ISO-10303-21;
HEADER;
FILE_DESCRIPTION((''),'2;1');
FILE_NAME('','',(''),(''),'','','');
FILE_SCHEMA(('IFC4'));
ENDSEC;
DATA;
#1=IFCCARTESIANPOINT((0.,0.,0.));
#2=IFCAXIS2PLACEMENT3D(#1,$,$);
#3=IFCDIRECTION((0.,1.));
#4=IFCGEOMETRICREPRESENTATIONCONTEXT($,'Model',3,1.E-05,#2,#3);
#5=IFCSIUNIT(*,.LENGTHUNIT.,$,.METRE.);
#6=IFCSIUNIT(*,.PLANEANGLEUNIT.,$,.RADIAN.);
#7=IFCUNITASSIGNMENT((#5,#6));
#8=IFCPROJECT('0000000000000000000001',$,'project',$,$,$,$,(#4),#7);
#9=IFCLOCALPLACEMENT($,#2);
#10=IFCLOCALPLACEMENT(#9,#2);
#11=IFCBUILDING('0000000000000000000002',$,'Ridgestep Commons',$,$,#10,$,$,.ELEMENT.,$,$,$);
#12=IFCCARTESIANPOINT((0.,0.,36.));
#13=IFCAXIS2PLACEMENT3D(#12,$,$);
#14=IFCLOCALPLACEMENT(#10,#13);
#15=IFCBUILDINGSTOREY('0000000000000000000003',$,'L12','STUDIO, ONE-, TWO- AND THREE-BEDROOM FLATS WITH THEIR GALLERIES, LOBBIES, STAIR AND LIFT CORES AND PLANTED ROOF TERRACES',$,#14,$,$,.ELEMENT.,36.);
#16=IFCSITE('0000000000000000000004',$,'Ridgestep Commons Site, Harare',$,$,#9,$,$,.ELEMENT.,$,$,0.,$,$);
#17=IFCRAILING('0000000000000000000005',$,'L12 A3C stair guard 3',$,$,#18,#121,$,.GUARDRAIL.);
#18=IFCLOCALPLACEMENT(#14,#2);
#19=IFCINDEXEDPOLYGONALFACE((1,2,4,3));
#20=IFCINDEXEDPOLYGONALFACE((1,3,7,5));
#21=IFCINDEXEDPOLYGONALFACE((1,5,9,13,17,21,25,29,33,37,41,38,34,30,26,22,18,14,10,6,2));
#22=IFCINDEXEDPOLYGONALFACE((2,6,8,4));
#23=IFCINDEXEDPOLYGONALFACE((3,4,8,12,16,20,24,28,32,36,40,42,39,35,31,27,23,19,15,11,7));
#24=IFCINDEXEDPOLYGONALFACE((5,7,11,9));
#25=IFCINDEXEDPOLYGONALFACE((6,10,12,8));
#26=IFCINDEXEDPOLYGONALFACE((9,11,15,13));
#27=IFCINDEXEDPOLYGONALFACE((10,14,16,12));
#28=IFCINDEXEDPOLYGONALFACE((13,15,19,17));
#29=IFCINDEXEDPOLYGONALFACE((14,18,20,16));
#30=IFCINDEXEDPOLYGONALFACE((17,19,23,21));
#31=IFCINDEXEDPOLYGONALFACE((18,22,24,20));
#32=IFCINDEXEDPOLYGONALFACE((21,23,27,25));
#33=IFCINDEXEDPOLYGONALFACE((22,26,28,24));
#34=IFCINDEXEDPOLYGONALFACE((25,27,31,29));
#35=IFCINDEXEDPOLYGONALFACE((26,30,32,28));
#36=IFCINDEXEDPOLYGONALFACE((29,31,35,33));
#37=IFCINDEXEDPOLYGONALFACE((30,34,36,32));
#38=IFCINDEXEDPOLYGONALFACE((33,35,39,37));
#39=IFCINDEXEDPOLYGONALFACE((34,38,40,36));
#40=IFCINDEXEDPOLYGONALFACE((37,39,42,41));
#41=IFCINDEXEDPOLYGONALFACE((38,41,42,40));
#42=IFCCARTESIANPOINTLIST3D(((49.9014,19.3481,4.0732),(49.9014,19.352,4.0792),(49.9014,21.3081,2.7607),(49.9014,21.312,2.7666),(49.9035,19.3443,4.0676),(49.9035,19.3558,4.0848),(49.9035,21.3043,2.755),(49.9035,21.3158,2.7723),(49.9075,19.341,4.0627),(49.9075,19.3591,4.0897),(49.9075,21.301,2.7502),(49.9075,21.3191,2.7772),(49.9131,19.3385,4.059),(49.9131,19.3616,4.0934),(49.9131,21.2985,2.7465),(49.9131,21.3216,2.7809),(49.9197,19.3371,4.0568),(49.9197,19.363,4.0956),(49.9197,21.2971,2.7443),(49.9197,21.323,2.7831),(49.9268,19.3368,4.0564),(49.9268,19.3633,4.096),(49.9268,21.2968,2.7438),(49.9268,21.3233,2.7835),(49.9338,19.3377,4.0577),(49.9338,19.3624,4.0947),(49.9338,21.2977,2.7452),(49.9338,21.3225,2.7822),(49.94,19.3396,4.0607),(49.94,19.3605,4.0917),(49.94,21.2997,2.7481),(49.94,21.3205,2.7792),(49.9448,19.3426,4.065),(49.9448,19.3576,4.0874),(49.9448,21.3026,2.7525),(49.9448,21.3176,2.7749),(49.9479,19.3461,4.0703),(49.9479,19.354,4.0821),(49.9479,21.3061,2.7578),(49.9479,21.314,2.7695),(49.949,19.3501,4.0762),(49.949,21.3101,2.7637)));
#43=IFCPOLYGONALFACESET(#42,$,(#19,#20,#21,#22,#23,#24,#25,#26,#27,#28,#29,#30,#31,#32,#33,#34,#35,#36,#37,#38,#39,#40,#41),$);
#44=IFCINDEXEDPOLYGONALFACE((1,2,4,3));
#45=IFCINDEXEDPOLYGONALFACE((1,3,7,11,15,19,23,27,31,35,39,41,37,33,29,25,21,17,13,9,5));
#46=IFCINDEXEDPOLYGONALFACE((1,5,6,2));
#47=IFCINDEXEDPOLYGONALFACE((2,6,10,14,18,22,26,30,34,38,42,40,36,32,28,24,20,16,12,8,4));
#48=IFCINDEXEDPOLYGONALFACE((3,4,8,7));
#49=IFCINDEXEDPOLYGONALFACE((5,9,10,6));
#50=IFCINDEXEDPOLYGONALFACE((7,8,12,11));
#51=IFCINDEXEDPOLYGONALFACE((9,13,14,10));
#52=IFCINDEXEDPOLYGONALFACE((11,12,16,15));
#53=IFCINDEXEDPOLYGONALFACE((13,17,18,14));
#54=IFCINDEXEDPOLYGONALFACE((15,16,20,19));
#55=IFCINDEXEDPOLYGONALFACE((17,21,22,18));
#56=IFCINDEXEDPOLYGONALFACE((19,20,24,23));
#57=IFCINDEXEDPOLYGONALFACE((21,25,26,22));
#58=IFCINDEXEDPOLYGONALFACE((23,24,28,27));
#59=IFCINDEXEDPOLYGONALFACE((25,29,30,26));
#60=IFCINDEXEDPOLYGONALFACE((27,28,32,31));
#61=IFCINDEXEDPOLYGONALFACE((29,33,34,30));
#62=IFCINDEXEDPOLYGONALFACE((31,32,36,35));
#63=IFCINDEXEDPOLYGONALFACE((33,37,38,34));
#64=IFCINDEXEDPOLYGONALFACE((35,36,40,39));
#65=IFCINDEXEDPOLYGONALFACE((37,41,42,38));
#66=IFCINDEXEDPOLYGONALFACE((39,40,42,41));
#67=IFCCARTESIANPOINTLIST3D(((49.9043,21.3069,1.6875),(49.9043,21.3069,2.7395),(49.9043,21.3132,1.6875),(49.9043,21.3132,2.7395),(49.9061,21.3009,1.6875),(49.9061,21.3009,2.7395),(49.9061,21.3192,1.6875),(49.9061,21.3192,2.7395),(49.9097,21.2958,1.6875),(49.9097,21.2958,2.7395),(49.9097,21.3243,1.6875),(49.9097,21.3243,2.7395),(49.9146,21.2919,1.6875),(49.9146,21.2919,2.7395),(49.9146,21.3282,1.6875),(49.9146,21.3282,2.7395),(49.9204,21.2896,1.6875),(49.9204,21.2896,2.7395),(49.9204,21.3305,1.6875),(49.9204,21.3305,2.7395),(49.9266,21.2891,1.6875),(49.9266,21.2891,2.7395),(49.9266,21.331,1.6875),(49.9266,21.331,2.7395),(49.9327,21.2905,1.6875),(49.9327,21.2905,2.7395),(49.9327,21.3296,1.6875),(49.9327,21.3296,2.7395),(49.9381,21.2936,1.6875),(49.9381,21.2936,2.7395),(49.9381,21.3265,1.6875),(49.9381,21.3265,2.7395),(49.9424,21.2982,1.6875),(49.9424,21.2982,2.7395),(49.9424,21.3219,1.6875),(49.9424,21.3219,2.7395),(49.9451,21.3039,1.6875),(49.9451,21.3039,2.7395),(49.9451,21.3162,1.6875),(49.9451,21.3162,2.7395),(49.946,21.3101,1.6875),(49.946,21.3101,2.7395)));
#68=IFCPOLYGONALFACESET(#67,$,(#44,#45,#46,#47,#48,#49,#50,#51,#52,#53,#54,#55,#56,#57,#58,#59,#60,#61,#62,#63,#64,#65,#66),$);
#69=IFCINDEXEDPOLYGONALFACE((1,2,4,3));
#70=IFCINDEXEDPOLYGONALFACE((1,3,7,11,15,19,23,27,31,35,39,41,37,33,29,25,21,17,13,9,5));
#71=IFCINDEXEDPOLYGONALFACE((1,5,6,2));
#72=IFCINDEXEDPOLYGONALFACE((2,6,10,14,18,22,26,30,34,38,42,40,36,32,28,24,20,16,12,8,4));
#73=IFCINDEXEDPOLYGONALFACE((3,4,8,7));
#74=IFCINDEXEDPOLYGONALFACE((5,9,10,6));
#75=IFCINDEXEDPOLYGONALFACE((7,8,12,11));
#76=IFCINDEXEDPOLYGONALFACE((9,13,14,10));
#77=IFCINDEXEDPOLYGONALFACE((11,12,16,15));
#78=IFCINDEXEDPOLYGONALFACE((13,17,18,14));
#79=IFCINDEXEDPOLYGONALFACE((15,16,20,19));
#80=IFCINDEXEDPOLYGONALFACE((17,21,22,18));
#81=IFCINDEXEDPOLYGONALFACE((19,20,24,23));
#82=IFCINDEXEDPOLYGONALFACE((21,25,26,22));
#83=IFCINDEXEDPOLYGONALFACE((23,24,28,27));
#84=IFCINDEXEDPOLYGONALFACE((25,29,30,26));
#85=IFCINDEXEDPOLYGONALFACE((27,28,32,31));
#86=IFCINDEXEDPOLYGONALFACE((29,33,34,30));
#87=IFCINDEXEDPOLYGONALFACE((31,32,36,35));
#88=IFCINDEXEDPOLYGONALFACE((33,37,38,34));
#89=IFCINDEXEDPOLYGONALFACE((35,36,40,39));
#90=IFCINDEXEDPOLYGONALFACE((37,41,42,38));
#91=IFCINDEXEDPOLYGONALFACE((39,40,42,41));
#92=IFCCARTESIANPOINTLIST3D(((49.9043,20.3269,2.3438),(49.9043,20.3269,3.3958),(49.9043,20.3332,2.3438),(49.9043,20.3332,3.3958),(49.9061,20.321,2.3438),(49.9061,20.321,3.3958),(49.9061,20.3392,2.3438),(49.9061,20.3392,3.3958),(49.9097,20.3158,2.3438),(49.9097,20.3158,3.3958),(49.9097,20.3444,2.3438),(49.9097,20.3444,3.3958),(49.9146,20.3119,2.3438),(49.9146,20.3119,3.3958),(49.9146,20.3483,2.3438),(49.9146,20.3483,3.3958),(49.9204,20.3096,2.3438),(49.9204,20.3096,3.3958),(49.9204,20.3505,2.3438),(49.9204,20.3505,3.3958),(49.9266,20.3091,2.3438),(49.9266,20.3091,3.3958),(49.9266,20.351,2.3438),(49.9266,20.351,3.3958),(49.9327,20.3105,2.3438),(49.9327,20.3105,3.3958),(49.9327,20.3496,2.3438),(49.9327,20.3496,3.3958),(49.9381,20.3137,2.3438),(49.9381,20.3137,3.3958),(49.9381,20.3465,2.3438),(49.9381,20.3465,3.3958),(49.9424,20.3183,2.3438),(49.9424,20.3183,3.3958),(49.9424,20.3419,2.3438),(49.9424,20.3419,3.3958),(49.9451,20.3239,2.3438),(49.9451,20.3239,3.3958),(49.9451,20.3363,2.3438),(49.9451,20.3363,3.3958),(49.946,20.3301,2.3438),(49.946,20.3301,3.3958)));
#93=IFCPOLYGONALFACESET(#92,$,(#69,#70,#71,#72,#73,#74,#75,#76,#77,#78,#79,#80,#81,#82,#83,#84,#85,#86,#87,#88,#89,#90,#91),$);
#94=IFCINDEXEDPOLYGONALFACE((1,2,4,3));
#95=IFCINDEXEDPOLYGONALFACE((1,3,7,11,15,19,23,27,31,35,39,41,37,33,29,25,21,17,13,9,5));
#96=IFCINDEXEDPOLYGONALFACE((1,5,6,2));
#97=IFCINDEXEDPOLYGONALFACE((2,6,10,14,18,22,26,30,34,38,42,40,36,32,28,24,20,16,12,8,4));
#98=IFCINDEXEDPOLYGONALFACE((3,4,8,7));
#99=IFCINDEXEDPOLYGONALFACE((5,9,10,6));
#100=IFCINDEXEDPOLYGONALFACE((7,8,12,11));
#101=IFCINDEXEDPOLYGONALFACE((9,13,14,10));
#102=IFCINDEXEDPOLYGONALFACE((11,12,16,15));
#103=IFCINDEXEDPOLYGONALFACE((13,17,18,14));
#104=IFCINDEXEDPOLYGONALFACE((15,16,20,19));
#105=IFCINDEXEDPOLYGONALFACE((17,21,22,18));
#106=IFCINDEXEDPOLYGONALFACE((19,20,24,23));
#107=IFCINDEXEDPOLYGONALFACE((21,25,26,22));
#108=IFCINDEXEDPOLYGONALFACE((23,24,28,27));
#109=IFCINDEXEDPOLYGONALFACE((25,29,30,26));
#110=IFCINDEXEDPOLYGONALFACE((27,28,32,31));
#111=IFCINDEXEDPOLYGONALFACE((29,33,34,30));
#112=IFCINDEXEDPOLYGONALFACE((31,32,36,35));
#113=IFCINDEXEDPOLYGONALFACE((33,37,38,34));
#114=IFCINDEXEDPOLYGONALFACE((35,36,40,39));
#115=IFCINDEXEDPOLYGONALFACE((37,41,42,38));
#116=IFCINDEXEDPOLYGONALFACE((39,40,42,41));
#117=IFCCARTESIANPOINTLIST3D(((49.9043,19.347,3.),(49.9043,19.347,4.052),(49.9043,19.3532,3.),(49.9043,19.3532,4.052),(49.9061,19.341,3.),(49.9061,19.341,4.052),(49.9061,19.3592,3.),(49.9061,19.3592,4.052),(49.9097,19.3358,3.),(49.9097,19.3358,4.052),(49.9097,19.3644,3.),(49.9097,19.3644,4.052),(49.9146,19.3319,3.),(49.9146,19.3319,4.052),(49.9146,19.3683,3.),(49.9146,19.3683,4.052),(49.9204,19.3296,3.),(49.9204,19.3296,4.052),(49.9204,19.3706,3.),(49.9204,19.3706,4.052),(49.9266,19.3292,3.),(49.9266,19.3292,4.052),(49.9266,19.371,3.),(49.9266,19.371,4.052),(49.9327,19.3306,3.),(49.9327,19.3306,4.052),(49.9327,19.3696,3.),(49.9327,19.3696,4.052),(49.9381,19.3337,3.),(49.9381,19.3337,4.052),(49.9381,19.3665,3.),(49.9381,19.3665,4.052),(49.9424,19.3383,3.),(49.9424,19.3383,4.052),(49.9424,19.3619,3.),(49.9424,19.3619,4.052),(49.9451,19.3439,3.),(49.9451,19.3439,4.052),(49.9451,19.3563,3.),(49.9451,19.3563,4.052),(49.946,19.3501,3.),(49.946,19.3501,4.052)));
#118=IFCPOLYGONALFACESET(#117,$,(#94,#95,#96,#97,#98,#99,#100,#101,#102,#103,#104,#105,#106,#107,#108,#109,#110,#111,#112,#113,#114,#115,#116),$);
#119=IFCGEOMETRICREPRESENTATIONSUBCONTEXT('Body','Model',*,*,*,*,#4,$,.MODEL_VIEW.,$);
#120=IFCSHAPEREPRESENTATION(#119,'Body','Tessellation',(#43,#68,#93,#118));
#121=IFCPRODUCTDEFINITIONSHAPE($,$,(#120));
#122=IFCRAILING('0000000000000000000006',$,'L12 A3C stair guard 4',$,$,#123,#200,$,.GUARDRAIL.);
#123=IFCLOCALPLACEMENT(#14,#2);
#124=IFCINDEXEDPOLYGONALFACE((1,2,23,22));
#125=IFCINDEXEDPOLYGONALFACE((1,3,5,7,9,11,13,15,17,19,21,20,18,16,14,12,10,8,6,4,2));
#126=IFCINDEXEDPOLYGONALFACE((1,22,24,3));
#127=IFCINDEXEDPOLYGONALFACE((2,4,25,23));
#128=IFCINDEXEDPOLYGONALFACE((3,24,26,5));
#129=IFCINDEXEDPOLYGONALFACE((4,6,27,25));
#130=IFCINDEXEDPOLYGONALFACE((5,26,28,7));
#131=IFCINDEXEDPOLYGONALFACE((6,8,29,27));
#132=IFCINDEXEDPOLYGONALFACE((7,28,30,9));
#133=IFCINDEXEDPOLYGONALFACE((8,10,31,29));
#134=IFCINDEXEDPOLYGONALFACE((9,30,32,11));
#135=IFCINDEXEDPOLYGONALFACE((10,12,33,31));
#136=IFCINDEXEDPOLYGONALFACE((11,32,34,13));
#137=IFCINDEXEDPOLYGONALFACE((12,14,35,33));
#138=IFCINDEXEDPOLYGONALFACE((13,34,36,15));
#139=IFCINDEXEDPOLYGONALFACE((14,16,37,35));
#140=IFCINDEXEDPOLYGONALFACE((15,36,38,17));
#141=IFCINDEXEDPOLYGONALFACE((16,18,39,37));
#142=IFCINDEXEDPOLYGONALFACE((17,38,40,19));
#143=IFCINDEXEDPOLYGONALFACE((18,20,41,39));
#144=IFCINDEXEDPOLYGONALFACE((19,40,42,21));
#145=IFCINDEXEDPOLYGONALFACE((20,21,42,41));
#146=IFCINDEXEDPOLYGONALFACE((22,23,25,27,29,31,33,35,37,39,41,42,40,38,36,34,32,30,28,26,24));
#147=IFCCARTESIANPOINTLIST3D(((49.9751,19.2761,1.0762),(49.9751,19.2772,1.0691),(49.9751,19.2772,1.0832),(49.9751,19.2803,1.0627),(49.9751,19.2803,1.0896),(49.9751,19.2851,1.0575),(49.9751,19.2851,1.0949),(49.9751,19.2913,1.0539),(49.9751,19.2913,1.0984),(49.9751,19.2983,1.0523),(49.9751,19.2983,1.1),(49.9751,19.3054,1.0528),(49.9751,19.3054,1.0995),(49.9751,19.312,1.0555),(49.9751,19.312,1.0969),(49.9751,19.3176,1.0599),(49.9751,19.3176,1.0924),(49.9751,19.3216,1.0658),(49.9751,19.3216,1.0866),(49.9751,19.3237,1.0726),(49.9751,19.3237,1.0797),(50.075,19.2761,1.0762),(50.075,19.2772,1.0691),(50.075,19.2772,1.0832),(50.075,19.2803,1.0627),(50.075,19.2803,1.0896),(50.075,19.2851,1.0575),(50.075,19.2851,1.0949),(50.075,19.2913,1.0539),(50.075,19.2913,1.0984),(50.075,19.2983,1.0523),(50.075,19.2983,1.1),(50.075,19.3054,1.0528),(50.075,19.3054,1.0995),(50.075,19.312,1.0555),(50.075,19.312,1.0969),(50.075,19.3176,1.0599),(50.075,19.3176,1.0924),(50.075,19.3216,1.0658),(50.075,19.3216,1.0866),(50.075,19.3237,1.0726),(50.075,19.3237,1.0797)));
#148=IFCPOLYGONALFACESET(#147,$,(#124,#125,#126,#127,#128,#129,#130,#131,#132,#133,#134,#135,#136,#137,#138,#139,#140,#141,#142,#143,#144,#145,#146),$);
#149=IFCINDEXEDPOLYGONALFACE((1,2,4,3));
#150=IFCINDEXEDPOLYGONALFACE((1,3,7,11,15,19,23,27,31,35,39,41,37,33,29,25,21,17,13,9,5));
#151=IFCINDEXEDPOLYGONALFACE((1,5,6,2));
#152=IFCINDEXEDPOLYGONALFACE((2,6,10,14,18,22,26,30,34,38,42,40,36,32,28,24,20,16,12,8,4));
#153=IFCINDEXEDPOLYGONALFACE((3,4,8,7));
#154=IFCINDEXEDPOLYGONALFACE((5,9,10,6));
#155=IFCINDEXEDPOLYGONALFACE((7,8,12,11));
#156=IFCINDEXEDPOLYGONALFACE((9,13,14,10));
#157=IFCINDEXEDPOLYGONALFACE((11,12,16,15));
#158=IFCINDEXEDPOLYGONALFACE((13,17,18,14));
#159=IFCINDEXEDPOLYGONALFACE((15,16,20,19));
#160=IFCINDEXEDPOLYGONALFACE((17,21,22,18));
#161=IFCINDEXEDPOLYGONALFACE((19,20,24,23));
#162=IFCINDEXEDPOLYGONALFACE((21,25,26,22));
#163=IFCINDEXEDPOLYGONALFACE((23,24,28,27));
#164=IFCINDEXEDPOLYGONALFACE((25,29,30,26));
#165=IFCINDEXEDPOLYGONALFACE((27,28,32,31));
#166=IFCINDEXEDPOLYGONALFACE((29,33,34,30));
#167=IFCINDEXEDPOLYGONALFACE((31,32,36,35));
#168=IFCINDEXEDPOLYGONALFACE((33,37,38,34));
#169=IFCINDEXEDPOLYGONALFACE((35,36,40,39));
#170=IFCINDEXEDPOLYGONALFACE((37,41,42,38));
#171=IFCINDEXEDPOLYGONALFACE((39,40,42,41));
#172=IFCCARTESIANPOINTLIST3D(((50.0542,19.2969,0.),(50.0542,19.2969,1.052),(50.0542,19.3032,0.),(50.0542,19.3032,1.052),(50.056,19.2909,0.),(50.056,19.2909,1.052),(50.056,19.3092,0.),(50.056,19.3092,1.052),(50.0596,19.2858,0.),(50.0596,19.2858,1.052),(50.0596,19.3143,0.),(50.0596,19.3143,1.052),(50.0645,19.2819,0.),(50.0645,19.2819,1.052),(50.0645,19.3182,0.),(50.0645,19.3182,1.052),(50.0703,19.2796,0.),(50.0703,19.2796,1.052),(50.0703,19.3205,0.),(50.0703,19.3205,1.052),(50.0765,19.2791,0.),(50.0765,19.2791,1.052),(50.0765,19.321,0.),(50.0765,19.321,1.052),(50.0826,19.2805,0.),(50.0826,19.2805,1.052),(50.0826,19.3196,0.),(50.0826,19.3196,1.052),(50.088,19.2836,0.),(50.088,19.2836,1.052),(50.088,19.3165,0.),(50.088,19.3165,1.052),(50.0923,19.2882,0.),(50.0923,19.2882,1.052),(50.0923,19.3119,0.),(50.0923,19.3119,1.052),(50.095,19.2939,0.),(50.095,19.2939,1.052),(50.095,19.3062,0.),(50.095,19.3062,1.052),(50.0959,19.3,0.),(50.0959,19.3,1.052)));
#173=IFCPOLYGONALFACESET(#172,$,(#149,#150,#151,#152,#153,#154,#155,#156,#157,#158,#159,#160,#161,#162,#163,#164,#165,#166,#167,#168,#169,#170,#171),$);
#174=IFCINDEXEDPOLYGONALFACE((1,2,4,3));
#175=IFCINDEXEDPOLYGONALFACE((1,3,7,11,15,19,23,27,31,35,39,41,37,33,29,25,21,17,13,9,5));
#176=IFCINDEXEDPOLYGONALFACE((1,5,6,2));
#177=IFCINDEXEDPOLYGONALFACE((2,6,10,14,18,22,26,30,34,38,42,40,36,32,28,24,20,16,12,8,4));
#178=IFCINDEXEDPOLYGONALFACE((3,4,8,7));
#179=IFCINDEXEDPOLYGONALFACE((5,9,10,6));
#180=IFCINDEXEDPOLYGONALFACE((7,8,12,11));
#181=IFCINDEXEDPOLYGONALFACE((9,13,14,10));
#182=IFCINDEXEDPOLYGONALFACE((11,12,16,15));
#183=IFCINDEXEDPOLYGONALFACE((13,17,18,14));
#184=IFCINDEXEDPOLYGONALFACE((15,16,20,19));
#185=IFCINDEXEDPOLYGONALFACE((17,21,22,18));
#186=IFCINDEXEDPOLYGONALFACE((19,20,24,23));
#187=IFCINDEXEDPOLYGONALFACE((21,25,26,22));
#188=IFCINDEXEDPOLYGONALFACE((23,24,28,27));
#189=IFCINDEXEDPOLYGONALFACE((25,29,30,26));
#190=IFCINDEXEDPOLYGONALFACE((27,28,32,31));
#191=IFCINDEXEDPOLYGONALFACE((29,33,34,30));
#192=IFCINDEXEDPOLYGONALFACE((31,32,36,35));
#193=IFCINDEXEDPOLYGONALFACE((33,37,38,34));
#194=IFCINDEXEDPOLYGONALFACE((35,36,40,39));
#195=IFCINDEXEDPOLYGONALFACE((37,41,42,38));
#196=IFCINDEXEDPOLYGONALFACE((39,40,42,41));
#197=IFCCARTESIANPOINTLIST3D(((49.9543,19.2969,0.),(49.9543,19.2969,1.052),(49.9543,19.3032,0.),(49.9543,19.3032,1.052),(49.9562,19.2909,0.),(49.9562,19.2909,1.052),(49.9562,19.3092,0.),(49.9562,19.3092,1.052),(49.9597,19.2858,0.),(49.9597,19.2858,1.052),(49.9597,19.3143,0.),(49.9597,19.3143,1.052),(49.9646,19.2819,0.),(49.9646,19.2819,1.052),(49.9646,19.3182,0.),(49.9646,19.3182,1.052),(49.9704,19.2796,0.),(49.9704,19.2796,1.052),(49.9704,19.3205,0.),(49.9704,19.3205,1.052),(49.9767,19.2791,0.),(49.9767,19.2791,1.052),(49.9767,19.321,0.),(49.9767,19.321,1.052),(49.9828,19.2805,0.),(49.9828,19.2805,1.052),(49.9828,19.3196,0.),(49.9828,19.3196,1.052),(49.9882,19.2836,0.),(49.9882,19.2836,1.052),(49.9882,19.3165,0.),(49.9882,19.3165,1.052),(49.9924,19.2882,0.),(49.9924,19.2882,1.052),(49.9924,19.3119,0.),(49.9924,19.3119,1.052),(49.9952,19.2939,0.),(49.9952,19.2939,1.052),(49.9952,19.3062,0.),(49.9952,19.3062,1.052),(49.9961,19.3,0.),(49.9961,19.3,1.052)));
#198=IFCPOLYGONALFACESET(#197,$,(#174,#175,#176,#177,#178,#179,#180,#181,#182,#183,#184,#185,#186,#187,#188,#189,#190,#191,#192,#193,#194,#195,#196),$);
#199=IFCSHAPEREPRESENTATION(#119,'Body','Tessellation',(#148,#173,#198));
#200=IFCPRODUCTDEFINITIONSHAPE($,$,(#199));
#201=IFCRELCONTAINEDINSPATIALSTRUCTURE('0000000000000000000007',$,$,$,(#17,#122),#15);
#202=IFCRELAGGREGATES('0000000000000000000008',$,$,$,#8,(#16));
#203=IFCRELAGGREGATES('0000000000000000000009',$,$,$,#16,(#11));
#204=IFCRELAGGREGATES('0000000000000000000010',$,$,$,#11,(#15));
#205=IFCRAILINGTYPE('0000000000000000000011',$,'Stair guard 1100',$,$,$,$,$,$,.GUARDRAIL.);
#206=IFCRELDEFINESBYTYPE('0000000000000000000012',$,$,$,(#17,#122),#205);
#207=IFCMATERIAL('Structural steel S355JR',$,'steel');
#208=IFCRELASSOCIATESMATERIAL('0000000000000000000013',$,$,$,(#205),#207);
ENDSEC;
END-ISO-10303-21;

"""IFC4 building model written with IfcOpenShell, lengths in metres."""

from ifc_helpers import new_model, si_unit, direction, frame, origin, origin_2d, place, context, subcontext, project, spatial, circle, extrude, material, type_object, element, save


model = new_model("IFC4")

# Units and contexts
model_context = context("Model", 3, precision=1e-05, world=origin(), true_north=direction((0.0, 1.0)))
body_context = subcontext(model_context, "Body", "Model", "MODEL_VIEW")
ifc_project = project(units=[si_unit("LENGTHUNIT", "METRE"), si_unit("PLANEANGLEUNIT", "RADIAN")], contexts=[model_context])

# Site, building, storey
site_placement = place(None, origin())
site = spatial("IfcSite", under=ifc_project, at=site_placement, Name="Ridgestep Commons Site, Harare", CompositionType="ELEMENT", RefElevation=0.0)
building_placement = place(site_placement, origin())
building = spatial("IfcBuilding", under=site, at=building_placement, Name="Ridgestep Commons", CompositionType="ELEMENT")
storey_placement = place(building_placement, frame((0.0, 0.0, 36.0)))
storey = spatial("IfcBuildingStorey", under=building, at=storey_placement, Name="L12", Description="STUDIO, ONE-, TWO- AND THREE-BEDROOM FLATS WITH THEIR GALLERIES, LOBBIES, STAIR AND LIFT CORES AND PLANTED ROOF TERRACES", CompositionType="ELEMENT", Elevation=36.0)

# Railings
ifc_material_1 = material(Name="Structural steel S355JR", Category="steel")
railing_type_1 = type_object("IfcRailingType", Name="Stair guard 1100", PredefinedType="GUARDRAIL", material=ifc_material_1)
railing_1_placement = place(storey_placement, frame((49.925, 21.3101, 1.6875)))
element("IfcRailing", 1, at=railing_1_placement, inside=storey, type_object=railing_type_1, Name="L12 A3C stair guard 3", PredefinedType="GUARDRAIL", context=body_context, shape_type="SweptSolid", body=[
    extrude(circle(Radius=0.0239, at=origin_2d()), frame((0.0, 0.0, 1.0762), z_axis=(0.0, -0.830902, 0.556419), x_axis=(1.0, 0.0, 0.0)), (0.0, 0.0, 1.0), 2.3589),
    extrude(circle(Radius=0.021, at=origin_2d()), origin(), (0.0, 0.0, 1.0), 1.052),
    extrude(circle(Radius=0.021, at=origin_2d()), frame((0.0, -0.98, 0.6562)), (0.0, 0.0, 1.0), 1.052),
    extrude(circle(Radius=0.021, at=origin_2d()), frame((0.0, -1.96, 1.3125)), (0.0, 0.0, 1.0), 1.052),
])
railing_2_placement = place(storey_placement, frame((50.075, 19.3, 0.0)))
element("IfcRailing", 2, at=railing_2_placement, inside=storey, type_object=railing_type_1, Name="L12 A3C stair guard 4", PredefinedType="GUARDRAIL", context=body_context, shape_type="SweptSolid", body=[
    extrude(circle(Radius=0.0239, at=origin_2d()), frame((0.0, 0.0, 1.0762), z_axis=(-1.0, 0.0, 0.0), x_axis=(0.0, -1.0, 0.0)), (0.0, 0.0, 1.0), 0.0999),
    extrude(circle(Radius=0.021, at=origin_2d()), origin(), (0.0, 0.0, 1.0), 1.052),
    extrude(circle(Radius=0.021, at=origin_2d()), frame((-0.0999, 0.0, 0.0)), (0.0, 0.0, 1.0), 1.052),
])

save(model, "model.ifc")
